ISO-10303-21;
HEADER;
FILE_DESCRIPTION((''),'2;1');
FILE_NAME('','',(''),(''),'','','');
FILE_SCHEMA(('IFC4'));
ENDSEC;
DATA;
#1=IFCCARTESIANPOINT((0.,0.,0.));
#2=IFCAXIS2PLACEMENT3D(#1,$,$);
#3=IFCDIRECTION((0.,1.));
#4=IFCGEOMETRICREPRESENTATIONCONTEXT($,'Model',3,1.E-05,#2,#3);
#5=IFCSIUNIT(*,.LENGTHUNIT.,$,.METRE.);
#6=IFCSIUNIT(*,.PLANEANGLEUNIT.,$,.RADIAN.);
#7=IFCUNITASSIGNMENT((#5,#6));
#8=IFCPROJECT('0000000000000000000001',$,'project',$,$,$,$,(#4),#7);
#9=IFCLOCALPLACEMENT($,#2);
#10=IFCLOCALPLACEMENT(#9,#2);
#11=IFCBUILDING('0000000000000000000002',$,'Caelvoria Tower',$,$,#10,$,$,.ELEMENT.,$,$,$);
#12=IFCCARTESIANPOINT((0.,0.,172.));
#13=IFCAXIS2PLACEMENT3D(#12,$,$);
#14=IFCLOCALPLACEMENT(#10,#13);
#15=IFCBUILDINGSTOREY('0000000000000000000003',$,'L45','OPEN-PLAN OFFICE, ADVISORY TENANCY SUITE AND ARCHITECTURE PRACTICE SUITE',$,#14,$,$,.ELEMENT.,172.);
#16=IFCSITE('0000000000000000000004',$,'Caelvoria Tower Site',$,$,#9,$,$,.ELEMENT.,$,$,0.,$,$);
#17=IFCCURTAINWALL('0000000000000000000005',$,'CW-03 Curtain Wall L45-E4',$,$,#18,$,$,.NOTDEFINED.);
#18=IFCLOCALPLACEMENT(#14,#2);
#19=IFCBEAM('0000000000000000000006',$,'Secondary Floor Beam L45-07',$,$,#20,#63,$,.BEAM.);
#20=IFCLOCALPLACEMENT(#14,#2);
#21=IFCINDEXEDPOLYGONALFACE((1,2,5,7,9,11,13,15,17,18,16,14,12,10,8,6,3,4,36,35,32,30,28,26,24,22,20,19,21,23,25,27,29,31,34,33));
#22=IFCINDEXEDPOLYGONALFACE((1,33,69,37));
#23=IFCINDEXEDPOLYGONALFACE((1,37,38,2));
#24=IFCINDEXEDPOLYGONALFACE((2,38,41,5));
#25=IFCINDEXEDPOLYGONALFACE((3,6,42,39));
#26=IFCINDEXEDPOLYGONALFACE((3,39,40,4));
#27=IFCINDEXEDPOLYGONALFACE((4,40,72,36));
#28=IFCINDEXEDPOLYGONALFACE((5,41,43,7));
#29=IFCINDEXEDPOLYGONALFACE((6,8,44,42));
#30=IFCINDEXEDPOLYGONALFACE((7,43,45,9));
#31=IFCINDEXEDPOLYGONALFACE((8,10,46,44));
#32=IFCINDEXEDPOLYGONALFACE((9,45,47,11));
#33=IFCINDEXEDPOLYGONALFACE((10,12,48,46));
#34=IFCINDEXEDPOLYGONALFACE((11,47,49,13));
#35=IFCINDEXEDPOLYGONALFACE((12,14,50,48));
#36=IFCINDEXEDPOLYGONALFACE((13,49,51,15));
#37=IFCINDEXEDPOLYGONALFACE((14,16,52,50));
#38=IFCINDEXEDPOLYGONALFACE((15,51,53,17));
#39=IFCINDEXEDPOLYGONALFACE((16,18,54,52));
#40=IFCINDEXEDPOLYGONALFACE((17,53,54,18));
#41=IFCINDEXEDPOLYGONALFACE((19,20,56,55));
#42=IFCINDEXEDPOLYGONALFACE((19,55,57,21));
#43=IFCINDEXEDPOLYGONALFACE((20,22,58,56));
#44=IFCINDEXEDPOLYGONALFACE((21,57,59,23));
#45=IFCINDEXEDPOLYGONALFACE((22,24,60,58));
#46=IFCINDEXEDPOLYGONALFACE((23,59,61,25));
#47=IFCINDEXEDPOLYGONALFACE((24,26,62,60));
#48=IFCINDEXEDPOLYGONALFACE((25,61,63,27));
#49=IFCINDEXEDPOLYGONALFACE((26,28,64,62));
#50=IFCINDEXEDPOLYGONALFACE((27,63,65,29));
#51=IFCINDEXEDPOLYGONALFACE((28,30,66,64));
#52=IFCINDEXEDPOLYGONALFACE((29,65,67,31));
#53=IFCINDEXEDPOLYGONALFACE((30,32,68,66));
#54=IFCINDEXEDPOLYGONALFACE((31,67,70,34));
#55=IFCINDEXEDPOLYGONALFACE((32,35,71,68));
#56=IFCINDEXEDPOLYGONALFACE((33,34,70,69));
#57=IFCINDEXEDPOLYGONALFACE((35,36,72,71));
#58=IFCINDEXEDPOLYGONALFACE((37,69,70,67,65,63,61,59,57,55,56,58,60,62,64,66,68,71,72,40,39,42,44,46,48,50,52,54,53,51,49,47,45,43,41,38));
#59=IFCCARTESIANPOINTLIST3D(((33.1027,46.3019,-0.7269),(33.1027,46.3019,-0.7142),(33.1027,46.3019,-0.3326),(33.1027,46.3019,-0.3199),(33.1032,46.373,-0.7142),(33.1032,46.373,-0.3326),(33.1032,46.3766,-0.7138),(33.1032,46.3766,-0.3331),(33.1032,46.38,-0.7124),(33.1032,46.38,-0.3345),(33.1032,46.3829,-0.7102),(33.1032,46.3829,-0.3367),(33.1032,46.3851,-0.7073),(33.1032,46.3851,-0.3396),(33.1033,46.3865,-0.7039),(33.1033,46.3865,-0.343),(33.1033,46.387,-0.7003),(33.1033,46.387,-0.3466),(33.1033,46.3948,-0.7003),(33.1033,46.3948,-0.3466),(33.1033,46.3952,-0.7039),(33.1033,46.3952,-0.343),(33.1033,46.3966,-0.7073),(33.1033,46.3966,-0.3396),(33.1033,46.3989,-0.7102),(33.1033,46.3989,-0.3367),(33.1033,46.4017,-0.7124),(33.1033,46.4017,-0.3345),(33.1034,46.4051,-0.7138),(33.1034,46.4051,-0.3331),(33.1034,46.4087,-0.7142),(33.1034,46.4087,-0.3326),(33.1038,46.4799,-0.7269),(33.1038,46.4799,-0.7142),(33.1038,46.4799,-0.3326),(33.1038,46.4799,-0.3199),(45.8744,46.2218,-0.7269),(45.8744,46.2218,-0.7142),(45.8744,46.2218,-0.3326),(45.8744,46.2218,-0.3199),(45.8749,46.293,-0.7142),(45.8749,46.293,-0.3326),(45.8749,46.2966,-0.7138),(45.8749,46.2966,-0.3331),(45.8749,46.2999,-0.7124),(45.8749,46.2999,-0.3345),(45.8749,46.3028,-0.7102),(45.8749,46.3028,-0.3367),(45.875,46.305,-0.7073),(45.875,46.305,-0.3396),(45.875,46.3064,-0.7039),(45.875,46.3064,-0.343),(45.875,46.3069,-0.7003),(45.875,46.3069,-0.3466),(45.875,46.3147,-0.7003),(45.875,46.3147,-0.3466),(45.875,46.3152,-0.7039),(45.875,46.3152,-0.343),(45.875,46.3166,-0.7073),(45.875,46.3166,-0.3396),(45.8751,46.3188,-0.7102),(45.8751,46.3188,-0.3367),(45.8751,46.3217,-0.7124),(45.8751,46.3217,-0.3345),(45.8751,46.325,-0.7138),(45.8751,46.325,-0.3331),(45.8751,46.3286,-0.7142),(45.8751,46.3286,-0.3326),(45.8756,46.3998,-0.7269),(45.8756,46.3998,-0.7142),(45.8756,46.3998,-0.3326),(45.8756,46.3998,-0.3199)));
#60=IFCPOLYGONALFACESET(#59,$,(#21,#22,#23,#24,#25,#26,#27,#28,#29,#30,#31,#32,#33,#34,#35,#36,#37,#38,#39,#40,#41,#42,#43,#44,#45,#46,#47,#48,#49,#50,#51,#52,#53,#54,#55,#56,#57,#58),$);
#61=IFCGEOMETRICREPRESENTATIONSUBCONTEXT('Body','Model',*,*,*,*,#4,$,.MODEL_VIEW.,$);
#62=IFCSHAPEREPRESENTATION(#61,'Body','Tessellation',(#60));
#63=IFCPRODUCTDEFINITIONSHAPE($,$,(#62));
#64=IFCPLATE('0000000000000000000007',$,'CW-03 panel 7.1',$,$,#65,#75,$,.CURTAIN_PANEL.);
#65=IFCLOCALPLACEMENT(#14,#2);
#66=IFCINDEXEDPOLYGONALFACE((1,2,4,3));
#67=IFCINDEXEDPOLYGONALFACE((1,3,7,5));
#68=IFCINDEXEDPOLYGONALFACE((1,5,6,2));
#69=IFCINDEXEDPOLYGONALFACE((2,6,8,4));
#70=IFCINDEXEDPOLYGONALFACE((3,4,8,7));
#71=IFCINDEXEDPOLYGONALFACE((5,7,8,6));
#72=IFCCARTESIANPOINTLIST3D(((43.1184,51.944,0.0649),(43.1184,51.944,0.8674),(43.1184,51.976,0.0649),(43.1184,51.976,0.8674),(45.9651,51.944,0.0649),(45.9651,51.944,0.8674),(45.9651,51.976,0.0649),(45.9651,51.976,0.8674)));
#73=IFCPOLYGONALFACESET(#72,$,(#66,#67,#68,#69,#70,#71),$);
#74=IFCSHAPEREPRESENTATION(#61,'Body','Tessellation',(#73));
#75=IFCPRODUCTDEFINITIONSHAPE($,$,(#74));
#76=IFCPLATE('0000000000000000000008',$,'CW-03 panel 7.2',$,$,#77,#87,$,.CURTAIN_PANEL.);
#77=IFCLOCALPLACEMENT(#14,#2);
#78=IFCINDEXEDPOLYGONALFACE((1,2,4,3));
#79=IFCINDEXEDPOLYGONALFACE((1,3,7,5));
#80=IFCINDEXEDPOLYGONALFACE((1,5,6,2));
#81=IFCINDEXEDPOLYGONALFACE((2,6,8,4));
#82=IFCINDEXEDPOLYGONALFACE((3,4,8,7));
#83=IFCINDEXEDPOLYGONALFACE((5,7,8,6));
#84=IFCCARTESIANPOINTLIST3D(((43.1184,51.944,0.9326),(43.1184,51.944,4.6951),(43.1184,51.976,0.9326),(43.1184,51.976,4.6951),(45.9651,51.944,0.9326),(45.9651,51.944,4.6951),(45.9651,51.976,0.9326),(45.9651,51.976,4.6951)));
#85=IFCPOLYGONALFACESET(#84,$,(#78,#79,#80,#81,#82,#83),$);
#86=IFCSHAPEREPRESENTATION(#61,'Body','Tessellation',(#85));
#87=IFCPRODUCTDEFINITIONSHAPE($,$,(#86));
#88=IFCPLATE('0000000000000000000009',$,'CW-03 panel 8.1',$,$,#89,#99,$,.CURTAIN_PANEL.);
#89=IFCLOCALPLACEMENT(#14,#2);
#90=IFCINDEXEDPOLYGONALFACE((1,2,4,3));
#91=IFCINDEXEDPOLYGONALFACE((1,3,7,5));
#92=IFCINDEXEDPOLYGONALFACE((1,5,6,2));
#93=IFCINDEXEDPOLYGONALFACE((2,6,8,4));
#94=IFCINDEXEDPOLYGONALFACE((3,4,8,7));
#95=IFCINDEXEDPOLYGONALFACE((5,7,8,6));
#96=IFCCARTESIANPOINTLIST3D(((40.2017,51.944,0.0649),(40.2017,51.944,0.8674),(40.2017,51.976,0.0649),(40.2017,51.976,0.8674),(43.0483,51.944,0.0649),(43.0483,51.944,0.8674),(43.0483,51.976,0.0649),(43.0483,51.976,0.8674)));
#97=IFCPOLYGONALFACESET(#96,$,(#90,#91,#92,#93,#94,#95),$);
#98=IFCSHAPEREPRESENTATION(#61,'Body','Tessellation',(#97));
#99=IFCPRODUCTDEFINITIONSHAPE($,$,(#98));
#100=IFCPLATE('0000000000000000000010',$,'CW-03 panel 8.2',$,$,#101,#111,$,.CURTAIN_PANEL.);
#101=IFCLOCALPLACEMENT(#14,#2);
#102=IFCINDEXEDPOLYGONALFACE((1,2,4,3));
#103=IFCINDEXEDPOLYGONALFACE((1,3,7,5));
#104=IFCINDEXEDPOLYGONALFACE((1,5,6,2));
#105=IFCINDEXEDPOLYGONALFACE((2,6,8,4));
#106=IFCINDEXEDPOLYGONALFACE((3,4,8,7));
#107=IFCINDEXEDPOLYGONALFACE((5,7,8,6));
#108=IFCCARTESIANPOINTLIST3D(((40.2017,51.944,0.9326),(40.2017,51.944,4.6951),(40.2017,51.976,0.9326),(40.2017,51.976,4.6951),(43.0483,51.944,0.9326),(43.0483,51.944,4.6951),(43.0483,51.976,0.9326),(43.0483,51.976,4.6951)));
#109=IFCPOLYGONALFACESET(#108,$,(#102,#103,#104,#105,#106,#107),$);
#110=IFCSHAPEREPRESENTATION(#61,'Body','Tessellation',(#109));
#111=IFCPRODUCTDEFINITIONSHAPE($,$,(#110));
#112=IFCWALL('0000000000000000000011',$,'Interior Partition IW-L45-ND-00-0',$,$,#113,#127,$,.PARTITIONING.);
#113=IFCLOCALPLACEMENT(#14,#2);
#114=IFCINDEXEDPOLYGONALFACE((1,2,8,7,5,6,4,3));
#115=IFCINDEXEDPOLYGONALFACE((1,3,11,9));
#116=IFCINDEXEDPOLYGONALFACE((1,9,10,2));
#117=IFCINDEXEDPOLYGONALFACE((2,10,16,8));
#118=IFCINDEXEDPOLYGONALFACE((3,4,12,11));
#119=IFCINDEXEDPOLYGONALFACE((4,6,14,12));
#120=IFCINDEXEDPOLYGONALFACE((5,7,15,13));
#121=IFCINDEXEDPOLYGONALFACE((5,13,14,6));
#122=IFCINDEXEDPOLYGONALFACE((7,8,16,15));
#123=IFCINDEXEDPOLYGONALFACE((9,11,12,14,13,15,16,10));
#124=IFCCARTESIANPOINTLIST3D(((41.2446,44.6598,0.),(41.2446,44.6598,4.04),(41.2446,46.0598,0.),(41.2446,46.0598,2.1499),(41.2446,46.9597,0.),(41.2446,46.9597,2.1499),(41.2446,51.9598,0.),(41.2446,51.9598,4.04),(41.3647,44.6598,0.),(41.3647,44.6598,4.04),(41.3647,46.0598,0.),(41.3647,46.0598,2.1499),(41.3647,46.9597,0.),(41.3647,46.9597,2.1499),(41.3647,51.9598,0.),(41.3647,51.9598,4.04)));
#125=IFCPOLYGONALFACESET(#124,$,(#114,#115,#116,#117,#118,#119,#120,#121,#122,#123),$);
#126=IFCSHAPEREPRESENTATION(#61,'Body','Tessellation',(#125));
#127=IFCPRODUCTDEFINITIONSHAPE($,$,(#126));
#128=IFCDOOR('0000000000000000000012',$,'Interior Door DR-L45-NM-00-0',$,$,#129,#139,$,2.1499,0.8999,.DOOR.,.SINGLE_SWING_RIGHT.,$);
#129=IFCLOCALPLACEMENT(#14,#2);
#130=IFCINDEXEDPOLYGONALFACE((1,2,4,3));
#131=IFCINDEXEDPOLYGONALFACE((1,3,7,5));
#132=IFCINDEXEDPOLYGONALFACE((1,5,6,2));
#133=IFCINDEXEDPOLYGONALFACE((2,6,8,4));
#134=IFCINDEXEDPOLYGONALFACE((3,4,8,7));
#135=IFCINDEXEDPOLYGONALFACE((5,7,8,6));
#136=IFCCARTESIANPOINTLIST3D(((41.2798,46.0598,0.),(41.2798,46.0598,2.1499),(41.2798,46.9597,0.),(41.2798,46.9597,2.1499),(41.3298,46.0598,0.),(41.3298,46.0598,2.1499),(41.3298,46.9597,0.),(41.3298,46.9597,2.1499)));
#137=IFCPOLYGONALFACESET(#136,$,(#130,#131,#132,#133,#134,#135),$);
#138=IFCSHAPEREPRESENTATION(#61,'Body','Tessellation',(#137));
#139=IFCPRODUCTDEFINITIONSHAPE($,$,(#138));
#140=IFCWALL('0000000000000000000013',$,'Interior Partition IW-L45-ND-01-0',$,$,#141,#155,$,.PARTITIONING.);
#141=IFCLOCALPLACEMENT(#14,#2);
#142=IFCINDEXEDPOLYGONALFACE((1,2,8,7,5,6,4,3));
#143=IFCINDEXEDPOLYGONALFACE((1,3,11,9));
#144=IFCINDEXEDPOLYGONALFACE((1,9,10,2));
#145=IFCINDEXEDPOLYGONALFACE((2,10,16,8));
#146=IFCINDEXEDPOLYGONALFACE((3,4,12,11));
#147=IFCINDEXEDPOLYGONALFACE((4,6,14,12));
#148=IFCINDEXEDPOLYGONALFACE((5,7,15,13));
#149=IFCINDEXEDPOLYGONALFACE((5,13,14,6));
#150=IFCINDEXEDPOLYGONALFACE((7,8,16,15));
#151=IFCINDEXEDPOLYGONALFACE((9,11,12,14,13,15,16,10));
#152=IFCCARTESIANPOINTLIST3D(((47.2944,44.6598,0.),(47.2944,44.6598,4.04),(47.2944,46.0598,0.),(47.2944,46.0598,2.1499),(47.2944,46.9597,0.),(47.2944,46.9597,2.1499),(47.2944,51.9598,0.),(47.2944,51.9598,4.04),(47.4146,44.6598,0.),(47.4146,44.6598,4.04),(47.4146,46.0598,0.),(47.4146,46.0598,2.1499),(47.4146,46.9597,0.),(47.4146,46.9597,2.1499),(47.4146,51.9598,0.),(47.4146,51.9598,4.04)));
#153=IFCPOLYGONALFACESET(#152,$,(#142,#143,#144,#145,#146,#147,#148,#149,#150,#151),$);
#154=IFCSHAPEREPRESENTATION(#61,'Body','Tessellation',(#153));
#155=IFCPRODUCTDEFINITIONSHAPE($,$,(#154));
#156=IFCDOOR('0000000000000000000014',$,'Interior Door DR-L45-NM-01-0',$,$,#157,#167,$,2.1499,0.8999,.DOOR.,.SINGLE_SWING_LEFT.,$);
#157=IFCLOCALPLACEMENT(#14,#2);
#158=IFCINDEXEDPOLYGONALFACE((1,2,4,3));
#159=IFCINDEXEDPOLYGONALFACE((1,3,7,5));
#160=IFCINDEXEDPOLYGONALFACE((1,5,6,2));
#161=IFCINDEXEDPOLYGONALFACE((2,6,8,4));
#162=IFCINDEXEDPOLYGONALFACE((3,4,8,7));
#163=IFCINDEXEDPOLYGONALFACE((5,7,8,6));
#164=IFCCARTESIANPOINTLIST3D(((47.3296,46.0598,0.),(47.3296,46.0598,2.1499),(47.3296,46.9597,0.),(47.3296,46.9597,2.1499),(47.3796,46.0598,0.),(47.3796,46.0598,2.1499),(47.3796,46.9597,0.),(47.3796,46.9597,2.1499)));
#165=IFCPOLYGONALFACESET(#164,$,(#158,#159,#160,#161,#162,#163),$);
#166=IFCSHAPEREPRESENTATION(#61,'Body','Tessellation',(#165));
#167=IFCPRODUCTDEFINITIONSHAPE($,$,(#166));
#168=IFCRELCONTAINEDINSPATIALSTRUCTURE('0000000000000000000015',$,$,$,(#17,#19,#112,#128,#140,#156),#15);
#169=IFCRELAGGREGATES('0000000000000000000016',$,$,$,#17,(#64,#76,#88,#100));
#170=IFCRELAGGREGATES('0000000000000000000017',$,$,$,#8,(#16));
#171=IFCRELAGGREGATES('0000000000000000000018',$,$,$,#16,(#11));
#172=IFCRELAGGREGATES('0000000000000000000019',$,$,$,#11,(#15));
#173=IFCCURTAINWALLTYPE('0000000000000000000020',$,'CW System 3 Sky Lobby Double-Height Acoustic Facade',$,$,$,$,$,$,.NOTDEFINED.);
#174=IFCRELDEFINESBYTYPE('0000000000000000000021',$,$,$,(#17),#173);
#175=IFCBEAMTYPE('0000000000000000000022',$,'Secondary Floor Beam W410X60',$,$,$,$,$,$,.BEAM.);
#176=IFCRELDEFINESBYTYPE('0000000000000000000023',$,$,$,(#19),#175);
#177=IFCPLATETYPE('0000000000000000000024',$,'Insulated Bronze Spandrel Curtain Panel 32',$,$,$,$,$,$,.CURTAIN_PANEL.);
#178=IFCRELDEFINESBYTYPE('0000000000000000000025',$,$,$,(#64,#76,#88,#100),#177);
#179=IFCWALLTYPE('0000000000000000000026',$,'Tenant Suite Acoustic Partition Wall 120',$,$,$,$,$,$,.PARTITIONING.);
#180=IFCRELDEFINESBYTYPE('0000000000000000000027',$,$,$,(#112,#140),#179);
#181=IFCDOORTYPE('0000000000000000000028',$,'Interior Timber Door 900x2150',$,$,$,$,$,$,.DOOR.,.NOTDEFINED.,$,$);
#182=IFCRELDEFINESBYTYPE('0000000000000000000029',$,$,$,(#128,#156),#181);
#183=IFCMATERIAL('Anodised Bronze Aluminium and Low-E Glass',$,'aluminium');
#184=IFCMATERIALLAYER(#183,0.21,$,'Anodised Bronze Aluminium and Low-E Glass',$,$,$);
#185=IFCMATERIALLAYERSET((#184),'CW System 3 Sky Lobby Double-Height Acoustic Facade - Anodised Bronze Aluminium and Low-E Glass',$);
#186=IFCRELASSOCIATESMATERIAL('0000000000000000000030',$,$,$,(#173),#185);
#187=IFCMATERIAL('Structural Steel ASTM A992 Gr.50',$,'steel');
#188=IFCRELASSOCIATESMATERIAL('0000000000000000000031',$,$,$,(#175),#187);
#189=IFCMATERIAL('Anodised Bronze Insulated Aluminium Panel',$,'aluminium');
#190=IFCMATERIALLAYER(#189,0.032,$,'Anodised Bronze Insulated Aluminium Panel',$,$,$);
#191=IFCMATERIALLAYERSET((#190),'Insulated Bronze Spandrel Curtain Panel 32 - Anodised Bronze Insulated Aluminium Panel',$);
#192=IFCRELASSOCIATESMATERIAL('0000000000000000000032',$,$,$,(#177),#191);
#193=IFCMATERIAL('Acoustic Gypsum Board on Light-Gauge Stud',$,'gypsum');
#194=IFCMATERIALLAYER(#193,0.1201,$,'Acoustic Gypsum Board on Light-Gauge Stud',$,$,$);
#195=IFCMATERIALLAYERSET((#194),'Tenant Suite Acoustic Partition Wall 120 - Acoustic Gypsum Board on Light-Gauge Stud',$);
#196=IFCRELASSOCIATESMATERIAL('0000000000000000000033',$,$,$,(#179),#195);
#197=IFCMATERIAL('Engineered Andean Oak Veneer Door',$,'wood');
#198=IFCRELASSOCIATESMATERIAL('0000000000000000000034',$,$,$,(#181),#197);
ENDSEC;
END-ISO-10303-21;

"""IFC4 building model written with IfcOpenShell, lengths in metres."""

from ifc_helpers import new_model, si_unit, direction, frame, frame_2d, origin, origin_2d, place, context, subcontext, project, spatial, rectangle, i_section, extrude, material, layer, layer_set, material_profile, profile_set, type_object, element, fill, aggregate, save


model = new_model("IFC4")

# Units and contexts
model_context = context("Model", 3, precision=1e-05, world=origin(), true_north=direction((0.0, 1.0)))
body_context = subcontext(model_context, "Body", "Model", "MODEL_VIEW")
ifc_project = project(units=[si_unit("LENGTHUNIT", "METRE"), si_unit("PLANEANGLEUNIT", "RADIAN")], contexts=[model_context])

# Site, building, storey
site_placement = place(None, origin())
site = spatial("IfcSite", under=ifc_project, at=site_placement, Name="Caelvoria Tower Site", CompositionType="ELEMENT", RefElevation=0.0)
building_placement = place(site_placement, origin())
building = spatial("IfcBuilding", under=site, at=building_placement, Name="Caelvoria Tower", CompositionType="ELEMENT")
storey_placement = place(building_placement, frame((0.0, 0.0, 172.0)))
storey = spatial("IfcBuildingStorey", under=building, at=storey_placement, Name="L45", Description="OPEN-PLAN OFFICE, ADVISORY TENANCY SUITE AND ARCHITECTURE PRACTICE SUITE", CompositionType="ELEMENT", Elevation=172.0)

# Curtain wall
ifc_material_1 = material(Name="Anodised Bronze Aluminium and Low-E Glass", Category="aluminium")
ifc_layer_1 = layer(ifc_material_1, 0.21, Name="Anodised Bronze Aluminium and Low-E Glass")
ifc_layer_set_1 = layer_set([ifc_layer_1], Name="CW System 3 Sky Lobby Double-Height Acoustic Facade - Anodised Bronze Aluminium and Low-E Glass")
curtain_wall_type = type_object("IfcCurtainWallType", Name="CW System 3 Sky Lobby Double-Height Acoustic Facade", PredefinedType="NOTDEFINED", material=ifc_layer_set_1)
curtain_wall_placement = place(storey_placement, origin())
curtain_wall = element("IfcCurtainWall", 1, at=curtain_wall_placement, inside=storey, type_object=curtain_wall_type, Name="CW-03 Curtain Wall L45-E4", PredefinedType="NOTDEFINED")

# Beam
ifc_material_2 = material(Name="Structural Steel ASTM A992 Gr.50", Category="steel")
ifc_material_profile_1 = material_profile(ifc_material_2, i_section(OverallWidth=0.178, OverallDepth=0.407, WebThickness=0.0078, FlangeThickness=0.0127, FilletRadius=0.0139, at=origin_2d()), Name="Structural Steel ASTM A992 Gr.50")
ifc_profile_set_1 = profile_set([ifc_material_profile_1], Name="W410X60 - Structural Steel ASTM A992 Gr.50")
beam_type_1 = type_object("IfcBeamType", Name="Secondary Floor Beam W410X60", PredefinedType="BEAM", material=ifc_profile_set_1)
beam_1_placement = place(storey_placement, frame((45.875, 46.3108, -0.5234), z_axis=(-0.99998, 0.00627, 0.0), x_axis=(-0.00627, -0.99998, 0.0)))
element("IfcBeam", 2, at=beam_1_placement, inside=storey, type_object=beam_type_1, Name="Secondary Floor Beam L45-07", PredefinedType="BEAM", context=body_context, shape_type="SweptSolid", body=[
    extrude(i_section(OverallWidth=0.178, OverallDepth=0.407, WebThickness=0.0078, FlangeThickness=0.0127, FilletRadius=0.0139, at=origin_2d()), origin(), (0.0, 0.0, 1.0), 12.772),
])

# Plates
ifc_material_3 = material(Name="Anodised Bronze Insulated Aluminium Panel", Category="aluminium")
ifc_layer_2 = layer(ifc_material_3, 0.032, Name="Anodised Bronze Insulated Aluminium Panel")
ifc_layer_set_2 = layer_set([ifc_layer_2], Name="Insulated Bronze Spandrel Curtain Panel 32 - Anodised Bronze Insulated Aluminium Panel")
plate_type = type_object("IfcPlateType", Name="Insulated Bronze Spandrel Curtain Panel 32", PredefinedType="CURTAIN_PANEL", material=ifc_layer_set_2)
plate_1_placement = place(storey_placement, frame((44.5417, 51.96, 0.0649), z_axis=(0.0, 0.0, 1.0), x_axis=(-1.0, 0.0, 0.0)))
plate_1 = element("IfcPlate", 3, at=plate_1_placement, type_object=plate_type, Name="CW-03 panel 7.1", PredefinedType="CURTAIN_PANEL", context=body_context, shape_type="SweptSolid", body=[
    extrude(rectangle(XDim=2.8467, YDim=0.032, at=origin_2d()), origin(), (0.0, 0.0, 1.0), 0.8025),
])
plate_2_placement = place(storey_placement, frame((44.5417, 51.96, 0.9326), z_axis=(0.0, 0.0, 1.0), x_axis=(-1.0, 0.0, 0.0)))
plate_2 = element("IfcPlate", 4, at=plate_2_placement, type_object=plate_type, Name="CW-03 panel 7.2", PredefinedType="CURTAIN_PANEL", context=body_context, shape_type="SweptSolid", body=[
    extrude(rectangle(XDim=2.8467, YDim=0.032, at=origin_2d()), origin(), (0.0, 0.0, 1.0), 3.7625),
])
plate_3_placement = place(storey_placement, frame((41.625, 51.96, 0.0649), z_axis=(0.0, 0.0, 1.0), x_axis=(-1.0, 0.0, 0.0)))
plate_3 = element("IfcPlate", 5, at=plate_3_placement, type_object=plate_type, Name="CW-03 panel 8.1", PredefinedType="CURTAIN_PANEL", context=body_context, shape_type="SweptSolid", body=[
    extrude(rectangle(XDim=2.8467, YDim=0.032, at=origin_2d()), origin(), (0.0, 0.0, 1.0), 0.8025),
])
plate_4_placement = place(storey_placement, frame((41.625, 51.96, 0.9326), z_axis=(0.0, 0.0, 1.0), x_axis=(-1.0, 0.0, 0.0)))
plate_4 = element("IfcPlate", 6, at=plate_4_placement, type_object=plate_type, Name="CW-03 panel 8.2", PredefinedType="CURTAIN_PANEL", context=body_context, shape_type="SweptSolid", body=[
    extrude(rectangle(XDim=2.8467, YDim=0.032, at=origin_2d()), origin(), (0.0, 0.0, 1.0), 3.7625),
])
aggregate(curtain_wall, [plate_1, plate_2, plate_3, plate_4])

# Walls, openings, doors
ifc_material_4 = material(Name="Acoustic Gypsum Board on Light-Gauge Stud", Category="gypsum")
ifc_layer_3 = layer(ifc_material_4, 0.1201, Name="Acoustic Gypsum Board on Light-Gauge Stud")
ifc_layer_set_3 = layer_set([ifc_layer_3], Name="Tenant Suite Acoustic Partition Wall 120 - Acoustic Gypsum Board on Light-Gauge Stud")
wall_type = type_object("IfcWallType", Name="Tenant Suite Acoustic Partition Wall 120", PredefinedType="PARTITIONING", material=ifc_layer_set_3)
wall_1_placement = place(storey_placement, frame((41.3047, 44.6599, 0.0), z_axis=(0.0, 0.0, 1.0), x_axis=(0.0, 1.0, 0.0)))
wall_1 = element("IfcWall", 7, at=wall_1_placement, inside=storey, type_object=wall_type, Name="Interior Partition IW-L45-ND-00-0", PredefinedType="PARTITIONING", context=body_context, shape_type="SweptSolid", body=[
    extrude(rectangle(XDim=7.3, YDim=0.1201, at=frame_2d((3.6499, 0.0))), origin(), (0.0, 0.0, 1.0), 4.04),
])
opening_1_placement = place(wall_1_placement, frame((1.3999, 0.0, 0.0)))
opening_1 = element("IfcOpeningElement", 8, at=opening_1_placement, cuts=wall_1, PredefinedType="OPENING", context=body_context, shape_type="SweptSolid", body=[
    extrude(rectangle(XDim=0.8999, YDim=2.1499, at=frame_2d((0.45, 1.075))), frame((0.0, 0.0701, 0.0), z_axis=(0.0, -1.0, 0.0), x_axis=(1.0, 0.0, 0.0)), (0.0, 0.0, 1.0), 0.1401),
])
ifc_material_5 = material(Name="Engineered Andean Oak Veneer Door", Category="wood")
door_type = type_object("IfcDoorType", Name="Interior Timber Door 900x2150", OperationType="NOTDEFINED", PredefinedType="DOOR", material=ifc_material_5)
door_1_placement = place(opening_1_placement, origin())
door_1 = element("IfcDoor", 9, at=door_1_placement, inside=storey, type_object=door_type, Name="Interior Door DR-L45-NM-00-0", OperationType="SINGLE_SWING_RIGHT", OverallHeight=2.1499, OverallWidth=0.8999, PredefinedType="DOOR", context=body_context, shape_type="SweptSolid", body=[
    extrude(rectangle(XDim=0.8999, YDim=2.1499, at=frame_2d((0.45, 1.075))), frame((0.0, 0.0249, 0.0), z_axis=(0.0, -1.0, 0.0), x_axis=(1.0, 0.0, 0.0)), (0.0, 0.0, 1.0), 0.05),
])
fill(opening_1, door_1)
wall_2_placement = place(storey_placement, frame((47.3545, 44.6599, 0.0), z_axis=(0.0, 0.0, 1.0), x_axis=(0.0, 1.0, 0.0)))
wall_2 = element("IfcWall", 10, at=wall_2_placement, inside=storey, type_object=wall_type, Name="Interior Partition IW-L45-ND-01-0", PredefinedType="PARTITIONING", context=body_context, shape_type="SweptSolid", body=[
    extrude(rectangle(XDim=7.3, YDim=0.1201, at=frame_2d((3.6499, 0.0))), origin(), (0.0, 0.0, 1.0), 4.04),
])
opening_2_placement = place(wall_2_placement, frame((1.3999, 0.0, 0.0)))
opening_2 = element("IfcOpeningElement", 11, at=opening_2_placement, cuts=wall_2, PredefinedType="OPENING", context=body_context, shape_type="SweptSolid", body=[
    extrude(rectangle(XDim=0.8999, YDim=2.1499, at=frame_2d((0.45, 1.075))), frame((0.0, 0.0701, 0.0), z_axis=(0.0, -1.0, 0.0), x_axis=(1.0, 0.0, 0.0)), (0.0, 0.0, 1.0), 0.1401),
])
door_2_placement = place(opening_2_placement, origin())
door_2 = element("IfcDoor", 12, at=door_2_placement, inside=storey, type_object=door_type, Name="Interior Door DR-L45-NM-01-0", OperationType="SINGLE_SWING_LEFT", OverallHeight=2.1499, OverallWidth=0.8999, PredefinedType="DOOR", context=body_context, shape_type="SweptSolid", body=[
    extrude(rectangle(XDim=0.8999, YDim=2.1499, at=frame_2d((0.45, 1.075))), frame((0.0, 0.0249, 0.0), z_axis=(0.0, -1.0, 0.0), x_axis=(1.0, 0.0, 0.0)), (0.0, 0.0, 1.0), 0.05),
])
fill(opening_2, door_2)

save(model, "model.ifc")
